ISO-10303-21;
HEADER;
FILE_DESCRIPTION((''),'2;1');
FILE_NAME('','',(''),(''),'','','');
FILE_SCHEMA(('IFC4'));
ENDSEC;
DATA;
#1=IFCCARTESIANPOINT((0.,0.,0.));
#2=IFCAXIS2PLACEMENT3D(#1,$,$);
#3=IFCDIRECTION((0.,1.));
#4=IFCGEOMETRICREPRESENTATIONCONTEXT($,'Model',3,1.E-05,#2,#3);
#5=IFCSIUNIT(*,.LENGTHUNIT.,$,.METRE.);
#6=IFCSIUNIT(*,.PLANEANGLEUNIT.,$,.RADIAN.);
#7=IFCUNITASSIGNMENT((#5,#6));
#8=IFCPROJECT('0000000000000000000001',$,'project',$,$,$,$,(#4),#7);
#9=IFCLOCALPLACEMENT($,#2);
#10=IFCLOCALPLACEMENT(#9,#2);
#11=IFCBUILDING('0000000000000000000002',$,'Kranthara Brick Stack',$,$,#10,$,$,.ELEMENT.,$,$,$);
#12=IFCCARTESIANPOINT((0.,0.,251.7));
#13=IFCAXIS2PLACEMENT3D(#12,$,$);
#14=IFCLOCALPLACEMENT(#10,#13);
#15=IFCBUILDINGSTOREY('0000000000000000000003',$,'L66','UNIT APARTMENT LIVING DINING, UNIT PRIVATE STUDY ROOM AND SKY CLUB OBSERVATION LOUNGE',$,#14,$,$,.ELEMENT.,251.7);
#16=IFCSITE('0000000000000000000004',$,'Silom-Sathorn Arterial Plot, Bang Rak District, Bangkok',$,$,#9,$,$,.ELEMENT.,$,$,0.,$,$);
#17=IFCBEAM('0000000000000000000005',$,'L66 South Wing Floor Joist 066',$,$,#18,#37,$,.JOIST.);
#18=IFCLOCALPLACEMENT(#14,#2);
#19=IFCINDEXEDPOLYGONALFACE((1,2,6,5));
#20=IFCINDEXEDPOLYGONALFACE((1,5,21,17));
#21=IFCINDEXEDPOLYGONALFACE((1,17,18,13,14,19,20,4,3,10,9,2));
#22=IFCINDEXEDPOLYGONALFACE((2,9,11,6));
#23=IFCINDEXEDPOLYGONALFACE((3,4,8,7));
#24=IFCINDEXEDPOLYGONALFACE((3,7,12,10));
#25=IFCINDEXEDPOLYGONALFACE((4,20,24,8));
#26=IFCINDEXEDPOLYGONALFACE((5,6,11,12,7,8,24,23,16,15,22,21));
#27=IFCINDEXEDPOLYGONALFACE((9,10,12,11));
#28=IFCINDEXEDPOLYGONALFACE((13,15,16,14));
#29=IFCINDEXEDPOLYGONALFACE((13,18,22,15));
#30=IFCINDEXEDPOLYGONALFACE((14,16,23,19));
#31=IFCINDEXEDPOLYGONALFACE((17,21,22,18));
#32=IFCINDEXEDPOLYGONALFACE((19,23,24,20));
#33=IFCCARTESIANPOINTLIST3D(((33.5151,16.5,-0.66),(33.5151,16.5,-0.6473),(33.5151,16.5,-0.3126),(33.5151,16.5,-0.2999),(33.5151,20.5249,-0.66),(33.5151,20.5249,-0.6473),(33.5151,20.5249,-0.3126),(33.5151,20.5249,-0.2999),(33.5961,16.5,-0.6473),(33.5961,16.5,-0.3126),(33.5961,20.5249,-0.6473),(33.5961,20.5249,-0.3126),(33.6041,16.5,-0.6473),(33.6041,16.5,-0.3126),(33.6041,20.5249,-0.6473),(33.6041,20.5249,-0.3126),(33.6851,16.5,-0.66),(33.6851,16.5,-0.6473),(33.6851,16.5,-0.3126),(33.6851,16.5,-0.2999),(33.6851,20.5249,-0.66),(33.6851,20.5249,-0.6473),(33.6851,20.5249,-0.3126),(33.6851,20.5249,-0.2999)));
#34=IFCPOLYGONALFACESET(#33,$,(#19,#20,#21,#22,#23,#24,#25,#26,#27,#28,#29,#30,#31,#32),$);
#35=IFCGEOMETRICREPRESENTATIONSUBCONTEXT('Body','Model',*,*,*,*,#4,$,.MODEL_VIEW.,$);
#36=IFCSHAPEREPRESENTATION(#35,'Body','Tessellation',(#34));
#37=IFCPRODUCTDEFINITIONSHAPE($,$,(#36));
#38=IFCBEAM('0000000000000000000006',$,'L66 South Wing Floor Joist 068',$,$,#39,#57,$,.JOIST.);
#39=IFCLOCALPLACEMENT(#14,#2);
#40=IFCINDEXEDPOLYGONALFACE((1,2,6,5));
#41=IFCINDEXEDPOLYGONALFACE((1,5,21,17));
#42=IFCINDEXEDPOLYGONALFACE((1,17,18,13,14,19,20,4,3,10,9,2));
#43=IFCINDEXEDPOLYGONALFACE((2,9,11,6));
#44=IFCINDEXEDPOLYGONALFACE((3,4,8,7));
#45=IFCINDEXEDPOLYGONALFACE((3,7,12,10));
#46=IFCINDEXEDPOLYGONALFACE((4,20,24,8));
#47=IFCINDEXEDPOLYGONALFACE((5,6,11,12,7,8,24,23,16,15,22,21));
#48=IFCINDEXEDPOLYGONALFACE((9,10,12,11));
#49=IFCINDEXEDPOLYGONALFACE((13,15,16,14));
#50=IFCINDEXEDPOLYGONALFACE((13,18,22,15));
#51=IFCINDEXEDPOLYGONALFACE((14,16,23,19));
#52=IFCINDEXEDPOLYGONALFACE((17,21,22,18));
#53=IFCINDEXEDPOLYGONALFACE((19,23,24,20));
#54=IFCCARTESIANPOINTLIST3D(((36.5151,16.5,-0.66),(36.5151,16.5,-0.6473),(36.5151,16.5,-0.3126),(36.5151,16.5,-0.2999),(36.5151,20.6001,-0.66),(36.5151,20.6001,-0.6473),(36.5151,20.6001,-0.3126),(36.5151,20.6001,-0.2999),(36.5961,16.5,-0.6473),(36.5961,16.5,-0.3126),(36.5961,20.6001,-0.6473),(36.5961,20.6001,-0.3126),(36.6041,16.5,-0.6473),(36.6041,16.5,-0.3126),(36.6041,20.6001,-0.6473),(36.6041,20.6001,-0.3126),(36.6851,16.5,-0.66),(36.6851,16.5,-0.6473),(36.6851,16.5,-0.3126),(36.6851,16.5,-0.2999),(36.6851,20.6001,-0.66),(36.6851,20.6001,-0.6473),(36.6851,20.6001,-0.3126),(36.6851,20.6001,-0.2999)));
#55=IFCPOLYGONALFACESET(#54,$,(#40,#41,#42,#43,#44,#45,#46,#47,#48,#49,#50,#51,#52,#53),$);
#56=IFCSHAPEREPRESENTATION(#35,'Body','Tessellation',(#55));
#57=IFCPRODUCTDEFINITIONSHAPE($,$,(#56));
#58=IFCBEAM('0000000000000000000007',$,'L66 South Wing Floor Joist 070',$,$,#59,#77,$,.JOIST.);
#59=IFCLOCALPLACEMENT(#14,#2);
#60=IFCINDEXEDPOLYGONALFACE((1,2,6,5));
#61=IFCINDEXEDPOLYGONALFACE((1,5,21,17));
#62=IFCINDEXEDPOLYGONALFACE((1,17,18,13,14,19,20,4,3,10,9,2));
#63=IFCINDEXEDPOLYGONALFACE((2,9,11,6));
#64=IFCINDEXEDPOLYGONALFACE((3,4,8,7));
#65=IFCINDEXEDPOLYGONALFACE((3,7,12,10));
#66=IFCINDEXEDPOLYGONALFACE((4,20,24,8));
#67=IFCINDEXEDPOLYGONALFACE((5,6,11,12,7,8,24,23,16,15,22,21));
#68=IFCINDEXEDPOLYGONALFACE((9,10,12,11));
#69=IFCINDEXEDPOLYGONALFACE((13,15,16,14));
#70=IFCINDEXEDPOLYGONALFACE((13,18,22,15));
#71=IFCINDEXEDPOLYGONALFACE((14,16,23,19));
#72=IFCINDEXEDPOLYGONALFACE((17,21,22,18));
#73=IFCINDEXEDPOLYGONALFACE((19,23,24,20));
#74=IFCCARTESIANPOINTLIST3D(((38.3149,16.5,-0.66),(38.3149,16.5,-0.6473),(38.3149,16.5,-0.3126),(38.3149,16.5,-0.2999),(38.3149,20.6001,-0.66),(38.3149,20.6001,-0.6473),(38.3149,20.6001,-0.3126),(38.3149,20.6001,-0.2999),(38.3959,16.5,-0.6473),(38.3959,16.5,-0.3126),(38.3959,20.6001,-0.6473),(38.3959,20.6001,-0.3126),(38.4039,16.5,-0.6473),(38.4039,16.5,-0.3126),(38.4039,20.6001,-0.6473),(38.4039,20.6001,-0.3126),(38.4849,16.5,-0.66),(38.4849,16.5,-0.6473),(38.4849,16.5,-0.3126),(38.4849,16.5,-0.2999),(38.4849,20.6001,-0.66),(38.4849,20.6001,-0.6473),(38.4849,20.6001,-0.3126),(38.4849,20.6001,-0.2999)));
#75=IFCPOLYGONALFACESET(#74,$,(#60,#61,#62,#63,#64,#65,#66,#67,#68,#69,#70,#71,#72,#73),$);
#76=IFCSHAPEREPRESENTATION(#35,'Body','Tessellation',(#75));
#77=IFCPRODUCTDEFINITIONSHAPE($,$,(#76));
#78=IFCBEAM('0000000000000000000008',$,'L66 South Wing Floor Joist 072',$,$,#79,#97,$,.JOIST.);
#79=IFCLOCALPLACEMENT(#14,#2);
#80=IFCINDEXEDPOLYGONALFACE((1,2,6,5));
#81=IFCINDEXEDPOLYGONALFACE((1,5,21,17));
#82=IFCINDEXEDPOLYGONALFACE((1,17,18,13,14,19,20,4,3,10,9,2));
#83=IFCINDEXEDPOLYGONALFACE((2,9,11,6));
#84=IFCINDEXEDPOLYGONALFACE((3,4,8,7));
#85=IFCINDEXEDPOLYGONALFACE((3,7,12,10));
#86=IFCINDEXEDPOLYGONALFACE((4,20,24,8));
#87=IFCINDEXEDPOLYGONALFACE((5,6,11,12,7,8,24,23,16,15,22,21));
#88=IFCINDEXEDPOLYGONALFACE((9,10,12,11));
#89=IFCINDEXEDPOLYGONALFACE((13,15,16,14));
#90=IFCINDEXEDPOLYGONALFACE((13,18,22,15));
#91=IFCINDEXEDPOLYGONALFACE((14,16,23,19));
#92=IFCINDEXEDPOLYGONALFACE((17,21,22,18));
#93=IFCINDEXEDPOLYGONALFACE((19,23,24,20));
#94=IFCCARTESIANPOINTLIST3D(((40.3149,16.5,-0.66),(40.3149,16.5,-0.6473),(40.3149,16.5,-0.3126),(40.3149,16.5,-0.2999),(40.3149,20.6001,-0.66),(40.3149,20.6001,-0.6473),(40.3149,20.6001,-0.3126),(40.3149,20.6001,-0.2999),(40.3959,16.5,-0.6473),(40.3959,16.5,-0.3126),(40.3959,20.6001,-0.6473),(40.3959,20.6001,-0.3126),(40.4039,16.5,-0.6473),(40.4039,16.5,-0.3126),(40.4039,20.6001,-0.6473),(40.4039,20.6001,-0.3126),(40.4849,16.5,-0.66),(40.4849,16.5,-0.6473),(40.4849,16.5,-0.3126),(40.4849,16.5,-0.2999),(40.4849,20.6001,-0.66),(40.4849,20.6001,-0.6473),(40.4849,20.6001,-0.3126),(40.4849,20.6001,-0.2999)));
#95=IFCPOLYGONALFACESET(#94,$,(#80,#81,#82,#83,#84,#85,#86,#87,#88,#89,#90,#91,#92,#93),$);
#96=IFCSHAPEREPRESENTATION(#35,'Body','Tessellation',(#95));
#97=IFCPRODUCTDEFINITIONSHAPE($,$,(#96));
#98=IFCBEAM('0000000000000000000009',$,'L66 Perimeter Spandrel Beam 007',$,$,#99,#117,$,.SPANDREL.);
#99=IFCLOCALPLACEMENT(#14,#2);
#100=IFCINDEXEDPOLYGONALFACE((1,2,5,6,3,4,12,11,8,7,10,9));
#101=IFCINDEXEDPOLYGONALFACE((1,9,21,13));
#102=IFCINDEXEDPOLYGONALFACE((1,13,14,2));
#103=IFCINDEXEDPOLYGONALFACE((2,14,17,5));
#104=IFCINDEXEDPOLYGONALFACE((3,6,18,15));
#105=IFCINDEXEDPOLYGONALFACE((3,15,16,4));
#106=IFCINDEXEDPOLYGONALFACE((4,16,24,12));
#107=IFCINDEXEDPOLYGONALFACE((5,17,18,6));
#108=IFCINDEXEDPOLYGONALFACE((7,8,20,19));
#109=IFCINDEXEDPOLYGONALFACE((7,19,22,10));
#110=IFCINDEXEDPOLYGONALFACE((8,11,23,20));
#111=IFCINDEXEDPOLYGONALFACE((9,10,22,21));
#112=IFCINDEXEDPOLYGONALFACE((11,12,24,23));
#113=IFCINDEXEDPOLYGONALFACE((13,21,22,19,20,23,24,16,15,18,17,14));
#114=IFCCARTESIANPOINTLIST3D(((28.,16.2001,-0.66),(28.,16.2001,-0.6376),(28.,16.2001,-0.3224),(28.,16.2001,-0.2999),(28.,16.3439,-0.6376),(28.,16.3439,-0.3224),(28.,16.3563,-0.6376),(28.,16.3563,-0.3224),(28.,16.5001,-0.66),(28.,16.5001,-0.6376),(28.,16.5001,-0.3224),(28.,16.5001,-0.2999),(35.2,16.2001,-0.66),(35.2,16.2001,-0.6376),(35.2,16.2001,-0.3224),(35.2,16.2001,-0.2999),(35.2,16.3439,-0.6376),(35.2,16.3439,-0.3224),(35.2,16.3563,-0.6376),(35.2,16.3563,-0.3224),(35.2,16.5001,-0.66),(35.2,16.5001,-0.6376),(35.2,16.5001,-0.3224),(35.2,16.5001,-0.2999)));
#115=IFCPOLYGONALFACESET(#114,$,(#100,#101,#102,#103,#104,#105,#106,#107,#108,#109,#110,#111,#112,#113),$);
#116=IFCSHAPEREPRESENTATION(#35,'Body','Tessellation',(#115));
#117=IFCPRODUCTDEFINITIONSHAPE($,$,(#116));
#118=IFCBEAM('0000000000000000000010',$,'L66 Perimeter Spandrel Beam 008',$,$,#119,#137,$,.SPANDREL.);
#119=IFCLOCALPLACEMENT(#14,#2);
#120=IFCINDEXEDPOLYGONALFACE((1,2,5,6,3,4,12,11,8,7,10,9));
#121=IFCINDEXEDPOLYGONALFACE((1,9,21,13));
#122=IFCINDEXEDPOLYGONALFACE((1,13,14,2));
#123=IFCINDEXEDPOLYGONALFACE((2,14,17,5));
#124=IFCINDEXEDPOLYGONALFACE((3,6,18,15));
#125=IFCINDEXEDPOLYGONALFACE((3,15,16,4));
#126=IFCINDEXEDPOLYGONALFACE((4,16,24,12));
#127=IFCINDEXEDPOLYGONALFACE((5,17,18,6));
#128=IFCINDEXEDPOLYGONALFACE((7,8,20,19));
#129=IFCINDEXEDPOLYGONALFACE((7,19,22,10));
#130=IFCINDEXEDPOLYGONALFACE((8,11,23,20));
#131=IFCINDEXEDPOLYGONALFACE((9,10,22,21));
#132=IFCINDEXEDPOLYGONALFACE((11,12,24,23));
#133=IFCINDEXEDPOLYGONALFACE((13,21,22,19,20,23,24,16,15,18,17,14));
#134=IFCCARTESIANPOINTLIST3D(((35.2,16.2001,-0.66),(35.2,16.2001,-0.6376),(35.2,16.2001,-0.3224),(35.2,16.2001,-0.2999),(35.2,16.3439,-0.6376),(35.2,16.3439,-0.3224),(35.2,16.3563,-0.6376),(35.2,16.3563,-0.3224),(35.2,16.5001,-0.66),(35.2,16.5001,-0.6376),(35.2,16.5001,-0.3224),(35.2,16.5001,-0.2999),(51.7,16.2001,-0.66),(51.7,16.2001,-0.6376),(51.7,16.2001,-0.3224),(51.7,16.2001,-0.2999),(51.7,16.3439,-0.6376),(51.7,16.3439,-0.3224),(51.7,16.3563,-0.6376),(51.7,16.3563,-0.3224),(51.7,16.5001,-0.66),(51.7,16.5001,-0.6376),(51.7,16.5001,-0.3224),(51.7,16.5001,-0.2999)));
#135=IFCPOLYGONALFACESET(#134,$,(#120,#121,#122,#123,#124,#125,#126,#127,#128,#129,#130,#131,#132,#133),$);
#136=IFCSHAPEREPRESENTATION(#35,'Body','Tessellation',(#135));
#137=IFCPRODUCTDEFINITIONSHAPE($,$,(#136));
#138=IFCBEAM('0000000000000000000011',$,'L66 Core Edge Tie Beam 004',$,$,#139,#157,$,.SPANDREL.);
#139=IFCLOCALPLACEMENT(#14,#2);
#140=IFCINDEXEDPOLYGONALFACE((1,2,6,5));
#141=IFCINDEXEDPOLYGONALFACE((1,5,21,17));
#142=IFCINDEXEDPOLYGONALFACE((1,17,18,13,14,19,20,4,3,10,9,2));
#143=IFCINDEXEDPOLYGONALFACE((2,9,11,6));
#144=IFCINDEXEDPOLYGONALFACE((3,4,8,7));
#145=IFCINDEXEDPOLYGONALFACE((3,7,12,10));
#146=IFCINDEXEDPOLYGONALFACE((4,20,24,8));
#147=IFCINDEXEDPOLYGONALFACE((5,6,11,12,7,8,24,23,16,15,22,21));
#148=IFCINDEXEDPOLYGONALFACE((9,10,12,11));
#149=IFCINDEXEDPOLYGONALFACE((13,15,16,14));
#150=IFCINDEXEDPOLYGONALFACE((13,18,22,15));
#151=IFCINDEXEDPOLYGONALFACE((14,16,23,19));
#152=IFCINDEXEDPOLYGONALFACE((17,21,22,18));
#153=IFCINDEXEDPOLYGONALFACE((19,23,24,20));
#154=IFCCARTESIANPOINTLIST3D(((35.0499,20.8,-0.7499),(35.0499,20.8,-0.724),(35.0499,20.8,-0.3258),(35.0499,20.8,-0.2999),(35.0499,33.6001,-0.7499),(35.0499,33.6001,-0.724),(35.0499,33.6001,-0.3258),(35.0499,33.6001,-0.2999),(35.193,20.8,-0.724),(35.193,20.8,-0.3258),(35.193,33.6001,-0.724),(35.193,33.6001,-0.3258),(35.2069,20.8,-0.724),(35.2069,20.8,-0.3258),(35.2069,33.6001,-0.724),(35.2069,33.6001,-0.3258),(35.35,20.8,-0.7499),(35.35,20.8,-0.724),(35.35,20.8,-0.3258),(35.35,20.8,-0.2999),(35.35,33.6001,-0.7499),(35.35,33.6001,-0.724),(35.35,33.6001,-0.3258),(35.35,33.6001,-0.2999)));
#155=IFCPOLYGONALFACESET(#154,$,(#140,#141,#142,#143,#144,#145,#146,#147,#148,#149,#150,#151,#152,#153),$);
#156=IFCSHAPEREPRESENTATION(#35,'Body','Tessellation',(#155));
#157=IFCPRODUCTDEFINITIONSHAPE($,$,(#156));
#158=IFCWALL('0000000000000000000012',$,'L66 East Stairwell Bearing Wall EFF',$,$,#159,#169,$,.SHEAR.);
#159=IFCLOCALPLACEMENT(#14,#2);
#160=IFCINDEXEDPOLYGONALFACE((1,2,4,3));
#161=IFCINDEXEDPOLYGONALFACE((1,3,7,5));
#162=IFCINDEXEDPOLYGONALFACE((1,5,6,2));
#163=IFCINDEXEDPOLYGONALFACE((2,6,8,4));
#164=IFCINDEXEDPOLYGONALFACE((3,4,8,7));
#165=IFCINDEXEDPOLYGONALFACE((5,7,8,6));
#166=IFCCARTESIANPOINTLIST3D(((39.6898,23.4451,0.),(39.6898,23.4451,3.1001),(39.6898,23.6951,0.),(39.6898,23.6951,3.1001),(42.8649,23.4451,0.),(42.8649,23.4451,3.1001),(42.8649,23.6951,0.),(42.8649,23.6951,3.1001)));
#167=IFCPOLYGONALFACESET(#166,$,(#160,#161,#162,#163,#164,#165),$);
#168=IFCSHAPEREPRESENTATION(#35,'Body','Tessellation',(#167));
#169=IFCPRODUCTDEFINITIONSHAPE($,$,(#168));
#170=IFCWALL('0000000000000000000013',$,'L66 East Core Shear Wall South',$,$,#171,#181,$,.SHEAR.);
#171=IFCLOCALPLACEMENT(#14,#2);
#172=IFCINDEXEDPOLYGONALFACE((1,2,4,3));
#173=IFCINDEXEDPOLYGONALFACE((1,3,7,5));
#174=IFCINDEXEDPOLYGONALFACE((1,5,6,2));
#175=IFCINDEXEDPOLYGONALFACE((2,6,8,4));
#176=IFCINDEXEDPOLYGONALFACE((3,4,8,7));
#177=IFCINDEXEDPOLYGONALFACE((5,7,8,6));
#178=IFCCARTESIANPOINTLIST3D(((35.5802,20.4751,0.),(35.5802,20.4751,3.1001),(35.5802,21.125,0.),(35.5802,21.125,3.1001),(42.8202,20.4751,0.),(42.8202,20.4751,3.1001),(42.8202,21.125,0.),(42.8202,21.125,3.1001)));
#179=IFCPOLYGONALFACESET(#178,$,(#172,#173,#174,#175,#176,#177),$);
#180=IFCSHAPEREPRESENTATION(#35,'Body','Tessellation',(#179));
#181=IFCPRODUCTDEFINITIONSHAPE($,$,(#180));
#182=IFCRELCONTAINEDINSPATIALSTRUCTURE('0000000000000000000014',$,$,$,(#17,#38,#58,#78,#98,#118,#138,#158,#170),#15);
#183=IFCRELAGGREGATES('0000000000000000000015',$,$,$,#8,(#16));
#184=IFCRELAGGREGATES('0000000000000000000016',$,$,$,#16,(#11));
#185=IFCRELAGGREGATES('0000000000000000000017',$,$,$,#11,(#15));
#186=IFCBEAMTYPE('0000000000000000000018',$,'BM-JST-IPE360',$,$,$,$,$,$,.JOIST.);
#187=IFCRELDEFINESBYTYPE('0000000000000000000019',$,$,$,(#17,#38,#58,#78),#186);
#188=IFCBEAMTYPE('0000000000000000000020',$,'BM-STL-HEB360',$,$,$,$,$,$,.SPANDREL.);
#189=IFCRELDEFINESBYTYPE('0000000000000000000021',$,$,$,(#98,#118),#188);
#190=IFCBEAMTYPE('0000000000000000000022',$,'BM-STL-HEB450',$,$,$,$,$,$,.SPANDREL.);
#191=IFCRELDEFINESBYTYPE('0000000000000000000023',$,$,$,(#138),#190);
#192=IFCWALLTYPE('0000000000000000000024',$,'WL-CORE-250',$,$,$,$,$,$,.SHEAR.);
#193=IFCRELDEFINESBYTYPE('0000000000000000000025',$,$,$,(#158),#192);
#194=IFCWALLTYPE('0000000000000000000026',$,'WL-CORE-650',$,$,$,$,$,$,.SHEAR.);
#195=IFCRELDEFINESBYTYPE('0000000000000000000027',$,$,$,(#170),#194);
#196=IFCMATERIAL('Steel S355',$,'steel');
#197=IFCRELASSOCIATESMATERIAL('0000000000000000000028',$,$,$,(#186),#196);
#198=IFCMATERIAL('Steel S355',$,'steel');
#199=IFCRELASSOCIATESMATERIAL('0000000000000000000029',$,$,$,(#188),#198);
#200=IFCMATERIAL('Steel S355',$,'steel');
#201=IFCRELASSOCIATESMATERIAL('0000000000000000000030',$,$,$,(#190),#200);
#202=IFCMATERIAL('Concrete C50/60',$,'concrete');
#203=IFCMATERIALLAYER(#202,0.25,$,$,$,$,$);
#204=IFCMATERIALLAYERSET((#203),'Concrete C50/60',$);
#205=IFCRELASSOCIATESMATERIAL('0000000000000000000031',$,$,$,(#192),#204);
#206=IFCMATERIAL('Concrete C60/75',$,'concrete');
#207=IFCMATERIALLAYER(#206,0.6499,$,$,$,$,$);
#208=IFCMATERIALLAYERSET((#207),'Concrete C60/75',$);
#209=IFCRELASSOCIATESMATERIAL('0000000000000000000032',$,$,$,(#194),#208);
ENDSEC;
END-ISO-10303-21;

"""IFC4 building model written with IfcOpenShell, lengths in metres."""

from ifc_helpers import new_model, si_unit, direction, frame, frame_2d, origin, origin_2d, place, context, subcontext, project, spatial, rectangle, i_section, extrude, material, layer, layer_set, material_profile, profile_set, type_object, element, save


model = new_model("IFC4")

# Units and contexts
model_context = context("Model", 3, precision=1e-05, world=origin(), true_north=direction((0.0, 1.0)))
body_context = subcontext(model_context, "Body", "Model", "MODEL_VIEW")
ifc_project = project(units=[si_unit("LENGTHUNIT", "METRE"), si_unit("PLANEANGLEUNIT", "RADIAN")], contexts=[model_context])

# Site, building, storey
site_placement = place(None, origin())
site = spatial("IfcSite", under=ifc_project, at=site_placement, Name="Silom-Sathorn Arterial Plot, Bang Rak District, Bangkok", CompositionType="ELEMENT", RefElevation=0.0)
building_placement = place(site_placement, origin())
building = spatial("IfcBuilding", under=site, at=building_placement, Name="Kranthara Brick Stack", CompositionType="ELEMENT")
storey_placement = place(building_placement, frame((0.0, 0.0, 251.7)))
storey = spatial("IfcBuildingStorey", under=building, at=storey_placement, Name="L66", Description="UNIT APARTMENT LIVING DINING, UNIT PRIVATE STUDY ROOM AND SKY CLUB OBSERVATION LOUNGE", CompositionType="ELEMENT", Elevation=251.7)

# Beams
ifc_material_1 = material(Name="Steel S355", Category="steel")
ifc_material_profile_1 = material_profile(ifc_material_1, i_section(OverallWidth=0.1699, OverallDepth=0.3601, WebThickness=0.0081, FlangeThickness=0.0127, at=origin_2d()), Name="IPE 360")
ifc_profile_set_1 = profile_set([ifc_material_profile_1], Name="Steel S355")
beam_type_1 = type_object("IfcBeamType", Name="BM-JST-IPE360", PredefinedType="JOIST", material=ifc_profile_set_1)
for number, where, z_axis, x_axis, name in (
    (1, (33.6001, 16.5, -0.48), (0.0, 1.0, 0.0), (-1.0, 0.0, 0.0), "L66 South Wing Floor Joist 066"),
):
    element("IfcBeam", number, at=place(storey_placement, frame(where, z_axis=z_axis, x_axis=x_axis)), inside=storey, type_object=beam_type_1, Name=name, PredefinedType="JOIST", context=body_context, shape_type="SweptSolid", body=[
        extrude(i_section(OverallWidth=0.1699, OverallDepth=0.3601, WebThickness=0.0081, FlangeThickness=0.0127, at=origin_2d()), origin(), (0.0, 0.0, 1.0), 4.0249),
    ])
for number, where, z_axis, x_axis, name in (
    (2, (36.6001, 16.5, -0.48), (0.0, 1.0, 0.0), (-1.0, 0.0, 0.0), "L66 South Wing Floor Joist 068"),
    (3, (38.3999, 16.5, -0.48), (0.0, 1.0, 0.0), (-1.0, 0.0, 0.0), "L66 South Wing Floor Joist 070"),
    (4, (40.3999, 16.5, -0.48), (0.0, 1.0, 0.0), (-1.0, 0.0, 0.0), "L66 South Wing Floor Joist 072"),
):
    element("IfcBeam", number, at=place(storey_placement, frame(where, z_axis=z_axis, x_axis=x_axis)), inside=storey, type_object=beam_type_1, Name=name, PredefinedType="JOIST", context=body_context, shape_type="SweptSolid", body=[
        extrude(i_section(OverallWidth=0.1699, OverallDepth=0.3601, WebThickness=0.0081, FlangeThickness=0.0127, at=origin_2d()), origin(), (0.0, 0.0, 1.0), 4.1001),
    ])
ifc_material_2 = material(Name="Steel S355", Category="steel")
ifc_material_profile_2 = material_profile(ifc_material_2, i_section(OverallWidth=0.3, OverallDepth=0.3601, WebThickness=0.0125, FlangeThickness=0.0225, at=origin_2d()), Name="HEB 360")
ifc_profile_set_2 = profile_set([ifc_material_profile_2], Name="Steel S355")
beam_type_2 = type_object("IfcBeamType", Name="BM-STL-HEB360", PredefinedType="SPANDREL", material=ifc_profile_set_2)
beam_1_placement = place(storey_placement, frame((28.0, 16.3501, -0.48), z_axis=(1.0, 0.0, 0.0), x_axis=(0.0, 1.0, 0.0)))
element("IfcBeam", 5, at=beam_1_placement, inside=storey, type_object=beam_type_2, Name="L66 Perimeter Spandrel Beam 007", PredefinedType="SPANDREL", context=body_context, shape_type="SweptSolid", body=[
    extrude(i_section(OverallWidth=0.3, OverallDepth=0.3601, WebThickness=0.0125, FlangeThickness=0.0225, at=origin_2d()), origin(), (0.0, 0.0, 1.0), 7.2),
])
beam_2_placement = place(storey_placement, frame((35.2, 16.3501, -0.48), z_axis=(1.0, 0.0, 0.0), x_axis=(0.0, 1.0, 0.0)))
element("IfcBeam", 6, at=beam_2_placement, inside=storey, type_object=beam_type_2, Name="L66 Perimeter Spandrel Beam 008", PredefinedType="SPANDREL", context=body_context, shape_type="SweptSolid", body=[
    extrude(i_section(OverallWidth=0.3, OverallDepth=0.3601, WebThickness=0.0125, FlangeThickness=0.0225, at=origin_2d()), origin(), (0.0, 0.0, 1.0), 16.5),
])
ifc_material_3 = material(Name="Steel S355", Category="steel")
ifc_material_profile_3 = material_profile(ifc_material_3, i_section(OverallWidth=0.3, OverallDepth=0.45, WebThickness=0.0139, FlangeThickness=0.0259, at=origin_2d()), Name="HEB 450")
ifc_profile_set_3 = profile_set([ifc_material_profile_3], Name="Steel S355")
beam_type_3 = type_object("IfcBeamType", Name="BM-STL-HEB450", PredefinedType="SPANDREL", material=ifc_profile_set_3)
beam_3_placement = place(storey_placement, frame((35.2, 20.8, -0.5249), z_axis=(0.0, 1.0, 0.0), x_axis=(-1.0, 0.0, 0.0)))
element("IfcBeam", 7, at=beam_3_placement, inside=storey, type_object=beam_type_3, Name="L66 Core Edge Tie Beam 004", PredefinedType="SPANDREL", context=body_context, shape_type="SweptSolid", body=[
    extrude(i_section(OverallWidth=0.3, OverallDepth=0.45, WebThickness=0.0139, FlangeThickness=0.0259, at=origin_2d()), origin(), (0.0, 0.0, 1.0), 12.8),
])

# Shared definitions
ifc_material_4 = material(Name="Concrete C50/60", Category="concrete")
ifc_layer_1 = layer(ifc_material_4, 0.25)
ifc_layer_set_1 = layer_set([ifc_layer_1], Name="Concrete C50/60")
wall_type_1 = type_object("IfcWallType", Name="WL-CORE-250", PredefinedType="SHEAR", material=ifc_layer_set_1)

# Walls
wall_1_placement = place(storey_placement, frame((39.6899, 23.5701, 0.0), z_axis=(0.0, 0.0, 1.0), x_axis=(1.0, 0.0, 0.0)))
element("IfcWall", 8, at=wall_1_placement, inside=storey, type_object=wall_type_1, Name="L66 East Stairwell Bearing Wall EFF", PredefinedType="SHEAR", context=body_context, shape_type="SweptSolid", body=[
    extrude(rectangle(XDim=3.175, YDim=0.25, at=frame_2d((1.5874, 0.0))), origin(), (0.0, 0.0, 1.0), 3.1001),
])
ifc_material_5 = material(Name="Concrete C60/75", Category="concrete")
ifc_layer_2 = layer(ifc_material_5, 0.6499)
ifc_layer_set_2 = layer_set([ifc_layer_2], Name="Concrete C60/75")
wall_type_2 = type_object("IfcWallType", Name="WL-CORE-650", PredefinedType="SHEAR", material=ifc_layer_set_2)
wall_2_placement = place(storey_placement, frame((35.5801, 20.8, 0.0), z_axis=(0.0, 0.0, 1.0), x_axis=(1.0, 0.0, 0.0)))
element("IfcWall", 9, at=wall_2_placement, inside=storey, type_object=wall_type_2, Name="L66 East Core Shear Wall South", PredefinedType="SHEAR", context=body_context, shape_type="SweptSolid", body=[
    extrude(rectangle(XDim=7.24, YDim=0.6499, at=frame_2d((3.6201, 0.0))), origin(), (0.0, 0.0, 1.0), 3.1001),
])

save(model, "model.ifc")
